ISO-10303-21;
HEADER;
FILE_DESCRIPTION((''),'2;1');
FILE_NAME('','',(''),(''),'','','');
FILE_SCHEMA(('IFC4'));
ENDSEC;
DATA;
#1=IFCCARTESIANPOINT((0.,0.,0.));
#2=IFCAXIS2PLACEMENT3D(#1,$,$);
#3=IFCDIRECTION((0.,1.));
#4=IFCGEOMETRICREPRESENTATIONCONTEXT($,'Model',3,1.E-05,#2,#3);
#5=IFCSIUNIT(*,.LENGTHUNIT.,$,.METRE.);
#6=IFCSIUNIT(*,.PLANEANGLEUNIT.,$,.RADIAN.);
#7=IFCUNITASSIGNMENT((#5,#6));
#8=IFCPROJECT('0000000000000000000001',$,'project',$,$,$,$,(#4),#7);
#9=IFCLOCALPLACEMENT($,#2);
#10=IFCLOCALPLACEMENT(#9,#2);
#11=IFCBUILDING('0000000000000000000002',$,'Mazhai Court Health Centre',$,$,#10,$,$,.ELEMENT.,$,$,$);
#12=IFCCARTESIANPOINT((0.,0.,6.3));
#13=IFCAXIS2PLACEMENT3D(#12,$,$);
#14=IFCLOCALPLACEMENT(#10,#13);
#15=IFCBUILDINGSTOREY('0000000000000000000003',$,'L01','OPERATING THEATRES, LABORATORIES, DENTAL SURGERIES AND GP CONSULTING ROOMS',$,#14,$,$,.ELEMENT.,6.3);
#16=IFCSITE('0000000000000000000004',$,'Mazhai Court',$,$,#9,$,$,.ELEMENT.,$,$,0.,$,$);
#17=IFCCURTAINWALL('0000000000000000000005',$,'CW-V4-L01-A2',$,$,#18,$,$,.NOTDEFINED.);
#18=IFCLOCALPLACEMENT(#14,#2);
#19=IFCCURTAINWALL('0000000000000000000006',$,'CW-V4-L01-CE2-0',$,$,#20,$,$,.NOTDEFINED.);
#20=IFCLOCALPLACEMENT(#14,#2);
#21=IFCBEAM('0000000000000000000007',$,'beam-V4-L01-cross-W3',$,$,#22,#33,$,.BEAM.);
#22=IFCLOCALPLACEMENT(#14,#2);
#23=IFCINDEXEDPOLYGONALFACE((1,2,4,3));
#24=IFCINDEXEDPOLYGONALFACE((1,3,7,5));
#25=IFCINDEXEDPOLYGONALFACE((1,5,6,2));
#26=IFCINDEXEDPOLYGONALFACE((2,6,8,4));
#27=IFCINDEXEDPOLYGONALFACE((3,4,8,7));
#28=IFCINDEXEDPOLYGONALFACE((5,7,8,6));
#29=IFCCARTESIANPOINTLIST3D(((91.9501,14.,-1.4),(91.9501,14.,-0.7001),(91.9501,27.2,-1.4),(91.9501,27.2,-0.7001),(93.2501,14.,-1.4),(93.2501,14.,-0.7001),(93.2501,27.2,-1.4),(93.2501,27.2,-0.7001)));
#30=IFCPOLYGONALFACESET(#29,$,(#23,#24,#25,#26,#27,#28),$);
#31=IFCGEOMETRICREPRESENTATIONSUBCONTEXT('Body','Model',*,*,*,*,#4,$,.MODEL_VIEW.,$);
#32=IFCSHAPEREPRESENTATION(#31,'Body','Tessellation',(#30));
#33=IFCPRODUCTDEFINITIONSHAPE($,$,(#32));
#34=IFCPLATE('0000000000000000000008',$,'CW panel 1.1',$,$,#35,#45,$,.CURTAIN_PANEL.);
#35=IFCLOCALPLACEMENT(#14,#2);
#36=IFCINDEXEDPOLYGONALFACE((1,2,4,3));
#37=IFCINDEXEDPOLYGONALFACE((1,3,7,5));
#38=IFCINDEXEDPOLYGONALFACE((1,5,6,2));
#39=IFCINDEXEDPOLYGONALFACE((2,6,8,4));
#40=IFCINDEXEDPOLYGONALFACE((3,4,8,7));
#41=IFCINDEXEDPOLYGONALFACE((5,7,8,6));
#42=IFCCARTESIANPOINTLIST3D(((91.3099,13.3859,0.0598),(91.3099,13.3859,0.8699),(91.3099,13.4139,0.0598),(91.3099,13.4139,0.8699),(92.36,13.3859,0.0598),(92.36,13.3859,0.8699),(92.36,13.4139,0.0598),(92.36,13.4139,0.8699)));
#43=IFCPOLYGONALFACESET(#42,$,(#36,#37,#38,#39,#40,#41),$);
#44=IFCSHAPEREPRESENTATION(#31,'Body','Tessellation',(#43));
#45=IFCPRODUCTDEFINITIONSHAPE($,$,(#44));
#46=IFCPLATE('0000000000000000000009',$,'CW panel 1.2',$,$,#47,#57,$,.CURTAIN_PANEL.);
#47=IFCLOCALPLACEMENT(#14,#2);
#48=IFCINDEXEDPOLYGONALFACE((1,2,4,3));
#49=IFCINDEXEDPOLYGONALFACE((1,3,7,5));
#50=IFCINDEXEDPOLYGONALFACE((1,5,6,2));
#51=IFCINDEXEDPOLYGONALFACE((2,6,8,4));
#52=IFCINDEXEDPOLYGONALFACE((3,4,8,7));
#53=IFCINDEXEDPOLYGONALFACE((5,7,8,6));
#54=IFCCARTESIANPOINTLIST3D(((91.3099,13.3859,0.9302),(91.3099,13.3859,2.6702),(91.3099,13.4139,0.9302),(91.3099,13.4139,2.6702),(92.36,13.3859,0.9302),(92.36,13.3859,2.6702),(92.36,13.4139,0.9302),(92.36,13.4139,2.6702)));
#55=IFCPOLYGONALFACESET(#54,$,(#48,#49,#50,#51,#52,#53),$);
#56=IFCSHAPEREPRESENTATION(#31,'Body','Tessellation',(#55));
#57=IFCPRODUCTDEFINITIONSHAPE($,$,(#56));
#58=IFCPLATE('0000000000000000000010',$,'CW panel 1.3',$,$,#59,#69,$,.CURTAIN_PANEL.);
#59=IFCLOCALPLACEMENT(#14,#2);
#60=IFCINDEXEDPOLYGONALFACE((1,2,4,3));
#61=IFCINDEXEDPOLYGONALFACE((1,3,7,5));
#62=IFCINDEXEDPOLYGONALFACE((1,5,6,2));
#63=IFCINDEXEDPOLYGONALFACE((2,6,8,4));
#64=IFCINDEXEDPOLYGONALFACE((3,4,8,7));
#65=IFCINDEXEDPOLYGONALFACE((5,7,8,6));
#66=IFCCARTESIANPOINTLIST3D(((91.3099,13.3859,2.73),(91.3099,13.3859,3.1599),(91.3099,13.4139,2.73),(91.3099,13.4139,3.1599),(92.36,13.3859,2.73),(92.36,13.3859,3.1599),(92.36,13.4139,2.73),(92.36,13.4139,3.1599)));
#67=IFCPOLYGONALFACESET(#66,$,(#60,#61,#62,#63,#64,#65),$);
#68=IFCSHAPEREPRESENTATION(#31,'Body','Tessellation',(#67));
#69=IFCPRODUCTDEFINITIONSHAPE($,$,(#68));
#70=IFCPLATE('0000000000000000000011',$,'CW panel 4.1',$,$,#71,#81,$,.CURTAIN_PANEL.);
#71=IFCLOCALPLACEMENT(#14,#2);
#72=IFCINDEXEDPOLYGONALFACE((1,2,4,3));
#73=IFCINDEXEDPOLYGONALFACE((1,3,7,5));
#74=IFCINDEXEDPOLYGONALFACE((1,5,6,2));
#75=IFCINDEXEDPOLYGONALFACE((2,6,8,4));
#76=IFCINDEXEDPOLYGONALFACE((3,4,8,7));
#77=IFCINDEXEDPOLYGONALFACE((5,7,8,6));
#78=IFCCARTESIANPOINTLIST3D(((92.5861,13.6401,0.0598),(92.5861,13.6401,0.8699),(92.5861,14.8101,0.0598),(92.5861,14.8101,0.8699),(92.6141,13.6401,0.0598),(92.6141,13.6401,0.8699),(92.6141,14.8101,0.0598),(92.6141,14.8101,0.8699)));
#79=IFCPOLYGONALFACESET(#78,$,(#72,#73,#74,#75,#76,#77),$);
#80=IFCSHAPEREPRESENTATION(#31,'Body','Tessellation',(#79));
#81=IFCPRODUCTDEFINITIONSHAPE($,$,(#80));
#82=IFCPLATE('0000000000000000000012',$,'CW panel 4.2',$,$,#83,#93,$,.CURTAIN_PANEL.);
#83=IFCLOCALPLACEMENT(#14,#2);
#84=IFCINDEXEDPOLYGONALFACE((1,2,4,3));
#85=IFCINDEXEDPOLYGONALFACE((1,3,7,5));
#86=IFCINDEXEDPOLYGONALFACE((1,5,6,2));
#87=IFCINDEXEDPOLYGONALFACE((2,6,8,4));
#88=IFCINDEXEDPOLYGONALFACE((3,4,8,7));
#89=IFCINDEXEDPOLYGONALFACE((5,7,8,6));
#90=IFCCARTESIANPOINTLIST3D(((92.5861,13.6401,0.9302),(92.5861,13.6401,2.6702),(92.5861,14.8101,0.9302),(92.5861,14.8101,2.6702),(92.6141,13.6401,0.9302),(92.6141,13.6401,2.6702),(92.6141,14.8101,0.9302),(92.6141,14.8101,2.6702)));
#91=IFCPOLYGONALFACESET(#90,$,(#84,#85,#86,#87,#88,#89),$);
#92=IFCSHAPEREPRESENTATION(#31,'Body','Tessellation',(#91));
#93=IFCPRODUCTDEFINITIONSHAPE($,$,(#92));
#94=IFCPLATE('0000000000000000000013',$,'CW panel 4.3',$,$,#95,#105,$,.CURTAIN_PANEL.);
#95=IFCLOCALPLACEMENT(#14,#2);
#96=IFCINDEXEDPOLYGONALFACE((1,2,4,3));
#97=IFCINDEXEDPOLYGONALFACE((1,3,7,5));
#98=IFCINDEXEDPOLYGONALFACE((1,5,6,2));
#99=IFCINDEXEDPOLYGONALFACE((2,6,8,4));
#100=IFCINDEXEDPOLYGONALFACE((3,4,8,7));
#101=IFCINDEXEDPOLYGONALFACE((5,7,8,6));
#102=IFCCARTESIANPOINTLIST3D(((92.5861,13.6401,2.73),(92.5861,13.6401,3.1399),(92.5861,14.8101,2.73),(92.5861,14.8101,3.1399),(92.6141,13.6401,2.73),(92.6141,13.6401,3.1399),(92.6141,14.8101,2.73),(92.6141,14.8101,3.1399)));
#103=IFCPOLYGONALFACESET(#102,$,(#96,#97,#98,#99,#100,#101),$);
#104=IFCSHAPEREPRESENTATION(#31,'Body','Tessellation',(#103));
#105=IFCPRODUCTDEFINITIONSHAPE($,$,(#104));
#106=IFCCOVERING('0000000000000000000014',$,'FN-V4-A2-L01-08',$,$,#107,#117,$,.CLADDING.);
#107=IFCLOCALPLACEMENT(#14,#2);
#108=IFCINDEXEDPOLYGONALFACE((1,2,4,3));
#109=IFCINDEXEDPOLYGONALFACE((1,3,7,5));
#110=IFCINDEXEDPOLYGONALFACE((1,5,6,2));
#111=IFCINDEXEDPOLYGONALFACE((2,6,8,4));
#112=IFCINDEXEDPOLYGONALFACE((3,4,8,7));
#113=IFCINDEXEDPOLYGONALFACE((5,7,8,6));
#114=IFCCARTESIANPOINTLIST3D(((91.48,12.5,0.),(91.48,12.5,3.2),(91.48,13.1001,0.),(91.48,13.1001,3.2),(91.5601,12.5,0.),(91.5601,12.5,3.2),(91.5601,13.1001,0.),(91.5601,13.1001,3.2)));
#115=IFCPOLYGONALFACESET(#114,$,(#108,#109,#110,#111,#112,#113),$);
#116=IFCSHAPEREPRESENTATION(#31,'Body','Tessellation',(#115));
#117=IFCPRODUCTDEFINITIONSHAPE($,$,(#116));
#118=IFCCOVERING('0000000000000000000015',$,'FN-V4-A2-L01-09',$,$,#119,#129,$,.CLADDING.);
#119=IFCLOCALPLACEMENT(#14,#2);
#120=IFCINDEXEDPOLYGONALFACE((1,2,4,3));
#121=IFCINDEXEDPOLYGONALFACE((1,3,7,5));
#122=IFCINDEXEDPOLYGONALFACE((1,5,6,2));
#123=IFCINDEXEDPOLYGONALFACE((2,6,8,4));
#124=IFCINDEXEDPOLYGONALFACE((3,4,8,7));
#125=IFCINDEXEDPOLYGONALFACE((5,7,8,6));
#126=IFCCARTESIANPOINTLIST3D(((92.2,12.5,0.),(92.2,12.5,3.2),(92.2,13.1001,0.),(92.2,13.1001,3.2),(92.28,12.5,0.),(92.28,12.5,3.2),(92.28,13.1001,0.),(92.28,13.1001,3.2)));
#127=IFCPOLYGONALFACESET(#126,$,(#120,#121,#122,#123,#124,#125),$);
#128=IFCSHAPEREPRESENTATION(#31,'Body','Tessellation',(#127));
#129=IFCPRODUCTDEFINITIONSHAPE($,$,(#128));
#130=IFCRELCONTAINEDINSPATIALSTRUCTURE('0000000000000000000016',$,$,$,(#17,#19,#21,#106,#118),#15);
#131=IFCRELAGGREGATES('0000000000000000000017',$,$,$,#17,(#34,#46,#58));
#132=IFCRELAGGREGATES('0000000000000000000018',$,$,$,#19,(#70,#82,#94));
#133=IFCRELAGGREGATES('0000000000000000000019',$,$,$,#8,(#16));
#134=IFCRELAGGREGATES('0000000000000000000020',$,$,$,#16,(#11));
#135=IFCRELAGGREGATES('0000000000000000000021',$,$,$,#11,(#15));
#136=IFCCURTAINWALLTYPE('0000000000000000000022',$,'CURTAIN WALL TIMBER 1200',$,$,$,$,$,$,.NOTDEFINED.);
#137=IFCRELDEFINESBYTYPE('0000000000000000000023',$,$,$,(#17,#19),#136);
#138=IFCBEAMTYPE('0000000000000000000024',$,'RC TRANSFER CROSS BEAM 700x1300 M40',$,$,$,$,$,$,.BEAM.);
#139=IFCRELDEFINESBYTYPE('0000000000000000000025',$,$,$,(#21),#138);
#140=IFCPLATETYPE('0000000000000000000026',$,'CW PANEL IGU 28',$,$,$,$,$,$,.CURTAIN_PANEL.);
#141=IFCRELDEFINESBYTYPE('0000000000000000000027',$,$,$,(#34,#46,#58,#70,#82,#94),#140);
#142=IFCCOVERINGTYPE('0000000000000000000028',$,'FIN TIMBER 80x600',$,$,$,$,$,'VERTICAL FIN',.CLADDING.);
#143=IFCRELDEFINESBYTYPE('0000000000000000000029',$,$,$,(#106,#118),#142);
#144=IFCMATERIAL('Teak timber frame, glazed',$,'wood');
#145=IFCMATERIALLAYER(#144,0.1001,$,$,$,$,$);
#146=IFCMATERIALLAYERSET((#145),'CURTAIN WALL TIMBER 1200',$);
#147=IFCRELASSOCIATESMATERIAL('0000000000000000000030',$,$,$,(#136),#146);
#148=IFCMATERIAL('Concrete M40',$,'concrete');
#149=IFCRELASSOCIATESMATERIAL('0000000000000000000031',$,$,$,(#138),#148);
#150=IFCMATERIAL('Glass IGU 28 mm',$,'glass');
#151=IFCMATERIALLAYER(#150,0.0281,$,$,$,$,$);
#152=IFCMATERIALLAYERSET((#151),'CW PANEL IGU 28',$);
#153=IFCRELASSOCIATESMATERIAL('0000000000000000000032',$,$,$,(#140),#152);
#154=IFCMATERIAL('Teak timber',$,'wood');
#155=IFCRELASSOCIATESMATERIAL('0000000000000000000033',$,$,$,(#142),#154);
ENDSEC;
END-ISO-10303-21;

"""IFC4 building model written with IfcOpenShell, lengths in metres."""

from ifc_helpers import new_model, si_unit, direction, frame, origin, origin_2d, place, context, subcontext, project, spatial, rectangle, extrude, material, layer, layer_set, material_profile, profile_set, type_object, element, aggregate, save


model = new_model("IFC4")

# Units and contexts
model_context = context("Model", 3, precision=1e-05, world=origin(), true_north=direction((0.0, 1.0)))
body_context = subcontext(model_context, "Body", "Model", "MODEL_VIEW")
ifc_project = project(units=[si_unit("LENGTHUNIT", "METRE"), si_unit("PLANEANGLEUNIT", "RADIAN")], contexts=[model_context])

# Site, building, storey
site_placement = place(None, origin())
site = spatial("IfcSite", under=ifc_project, at=site_placement, Name="Mazhai Court", CompositionType="ELEMENT", RefElevation=0.0)
building_placement = place(site_placement, origin())
building = spatial("IfcBuilding", under=site, at=building_placement, Name="Mazhai Court Health Centre", CompositionType="ELEMENT")
storey_placement = place(building_placement, frame((0.0, 0.0, 6.3)))
storey = spatial("IfcBuildingStorey", under=building, at=storey_placement, Name="L01", Description="OPERATING THEATRES, LABORATORIES, DENTAL SURGERIES AND GP CONSULTING ROOMS", CompositionType="ELEMENT", Elevation=6.3)

# Curtain wall
ifc_material_1 = material(Name="Teak timber frame, glazed", Category="wood")
ifc_layer_1 = layer(ifc_material_1, 0.1001)
ifc_layer_set_1 = layer_set([ifc_layer_1], Name="CURTAIN WALL TIMBER 1200")
curtain_wall_type = type_object("IfcCurtainWallType", Name="CURTAIN WALL TIMBER 1200", PredefinedType="NOTDEFINED", material=ifc_layer_set_1)
curtain_wall_1_placement = place(storey_placement, origin())
curtain_wall_1 = element("IfcCurtainWall", 1, at=curtain_wall_1_placement, inside=storey, type_object=curtain_wall_type, Name="CW-V4-L01-A2", PredefinedType="NOTDEFINED")

# Curtain wall
curtain_wall_2_placement = place(storey_placement, origin())
curtain_wall_2 = element("IfcCurtainWall", 2, at=curtain_wall_2_placement, inside=storey, type_object=curtain_wall_type, Name="CW-V4-L01-CE2-0", PredefinedType="NOTDEFINED")

# Beam
ifc_material_2 = material(Name="Concrete M40", Category="concrete")
ifc_material_profile_1 = material_profile(ifc_material_2, rectangle(XDim=0.7, YDim=1.3, at=origin_2d()), Name="RC 700x1300")
ifc_profile_set_1 = profile_set([ifc_material_profile_1], Name="Concrete M40")
beam_type = type_object("IfcBeamType", Name="RC TRANSFER CROSS BEAM 700x1300 M40", PredefinedType="BEAM", material=ifc_profile_set_1)
beam_placement = place(storey_placement, frame((92.6001, 14.0, -1.05), z_axis=(0.0, 1.0, 0.0), x_axis=(0.0, 0.0, 1.0)))
element("IfcBeam", 3, at=beam_placement, inside=storey, type_object=beam_type, Name="beam-V4-L01-cross-W3", PredefinedType="BEAM", context=body_context, shape_type="SweptSolid", body=[
    extrude(rectangle(XDim=0.7, YDim=1.3, at=origin_2d()), origin(), (0.0, 0.0, 1.0), 13.2),
])

# Plates
ifc_material_3 = material(Name="Glass IGU 28 mm", Category="glass")
ifc_layer_2 = layer(ifc_material_3, 0.0281)
ifc_layer_set_2 = layer_set([ifc_layer_2], Name="CW PANEL IGU 28")
plate_type = type_object("IfcPlateType", Name="CW PANEL IGU 28", PredefinedType="CURTAIN_PANEL", material=ifc_layer_set_2)
plate_1_placement = place(storey_placement, frame((91.835, 13.3999, 0.0598), z_axis=(0.0, 0.0, 1.0), x_axis=(-1.0, 0.0, 0.0)))
plate_1 = element("IfcPlate", 4, at=plate_1_placement, type_object=plate_type, Name="CW panel 1.1", PredefinedType="CURTAIN_PANEL", context=body_context, shape_type="SweptSolid", body=[
    extrude(rectangle(XDim=1.05, YDim=0.0281, at=origin_2d()), origin(), (0.0, 0.0, 1.0), 0.8101),
])
plate_2_placement = place(storey_placement, frame((91.835, 13.3999, 0.9302), z_axis=(0.0, 0.0, 1.0), x_axis=(-1.0, 0.0, 0.0)))
plate_2 = element("IfcPlate", 5, at=plate_2_placement, type_object=plate_type, Name="CW panel 1.2", PredefinedType="CURTAIN_PANEL", context=body_context, shape_type="SweptSolid", body=[
    extrude(rectangle(XDim=1.05, YDim=0.0281, at=origin_2d()), origin(), (0.0, 0.0, 1.0), 1.74),
])
plate_3_placement = place(storey_placement, frame((91.835, 13.3999, 2.73), z_axis=(0.0, 0.0, 1.0), x_axis=(-1.0, 0.0, 0.0)))
plate_3 = element("IfcPlate", 6, at=plate_3_placement, type_object=plate_type, Name="CW panel 1.3", PredefinedType="CURTAIN_PANEL", context=body_context, shape_type="SweptSolid", body=[
    extrude(rectangle(XDim=1.05, YDim=0.0281, at=origin_2d()), origin(), (0.0, 0.0, 1.0), 0.4299),
])
aggregate(curtain_wall_1, [plate_1, plate_2, plate_3])
plate_4_placement = place(storey_placement, frame((92.6001, 14.2251, 0.0598), z_axis=(0.0, 0.0, 1.0), x_axis=(0.0, -1.0, 0.0)))
plate_4 = element("IfcPlate", 7, at=plate_4_placement, type_object=plate_type, Name="CW panel 4.1", PredefinedType="CURTAIN_PANEL", context=body_context, shape_type="SweptSolid", body=[
    extrude(rectangle(XDim=1.1699, YDim=0.0281, at=origin_2d()), origin(), (0.0, 0.0, 1.0), 0.8101),
])
plate_5_placement = place(storey_placement, frame((92.6001, 14.2251, 0.9302), z_axis=(0.0, 0.0, 1.0), x_axis=(0.0, -1.0, 0.0)))
plate_5 = element("IfcPlate", 8, at=plate_5_placement, type_object=plate_type, Name="CW panel 4.2", PredefinedType="CURTAIN_PANEL", context=body_context, shape_type="SweptSolid", body=[
    extrude(rectangle(XDim=1.1699, YDim=0.0281, at=origin_2d()), origin(), (0.0, 0.0, 1.0), 1.74),
])
plate_6_placement = place(storey_placement, frame((92.6001, 14.2251, 2.73), z_axis=(0.0, 0.0, 1.0), x_axis=(0.0, -1.0, 0.0)))
plate_6 = element("IfcPlate", 9, at=plate_6_placement, type_object=plate_type, Name="CW panel 4.3", PredefinedType="CURTAIN_PANEL", context=body_context, shape_type="SweptSolid", body=[
    extrude(rectangle(XDim=1.1699, YDim=0.0281, at=origin_2d()), origin(), (0.0, 0.0, 1.0), 0.4099),
])
aggregate(curtain_wall_2, [plate_4, plate_5, plate_6])

# Coverings
ifc_material_4 = material(Name="Teak timber", Category="wood")
covering_type = type_object("IfcCoveringType", Name="FIN TIMBER 80x600", ElementType="VERTICAL FIN", PredefinedType="CLADDING", material=ifc_material_4)
for number, where, z_axis, x_axis, name in (
    (10, (91.52, 12.8, 0.0), (0.0, 0.0, 1.0), (1.0, 0.0, 0.0), "FN-V4-A2-L01-08"),
    (11, (92.24, 12.8, 0.0), (0.0, 0.0, 1.0), (1.0, 0.0, 0.0), "FN-V4-A2-L01-09"),
):
    element("IfcCovering", number, at=place(storey_placement, frame(where, z_axis=z_axis, x_axis=x_axis)), inside=storey, type_object=covering_type, Name=name, PredefinedType="CLADDING", context=body_context, shape_type="SweptSolid", body=[
        extrude(rectangle(XDim=0.0801, YDim=0.6001, at=origin_2d()), origin(), (0.0, 0.0, 1.0), 3.2),
    ])

save(model, "model.ifc")
